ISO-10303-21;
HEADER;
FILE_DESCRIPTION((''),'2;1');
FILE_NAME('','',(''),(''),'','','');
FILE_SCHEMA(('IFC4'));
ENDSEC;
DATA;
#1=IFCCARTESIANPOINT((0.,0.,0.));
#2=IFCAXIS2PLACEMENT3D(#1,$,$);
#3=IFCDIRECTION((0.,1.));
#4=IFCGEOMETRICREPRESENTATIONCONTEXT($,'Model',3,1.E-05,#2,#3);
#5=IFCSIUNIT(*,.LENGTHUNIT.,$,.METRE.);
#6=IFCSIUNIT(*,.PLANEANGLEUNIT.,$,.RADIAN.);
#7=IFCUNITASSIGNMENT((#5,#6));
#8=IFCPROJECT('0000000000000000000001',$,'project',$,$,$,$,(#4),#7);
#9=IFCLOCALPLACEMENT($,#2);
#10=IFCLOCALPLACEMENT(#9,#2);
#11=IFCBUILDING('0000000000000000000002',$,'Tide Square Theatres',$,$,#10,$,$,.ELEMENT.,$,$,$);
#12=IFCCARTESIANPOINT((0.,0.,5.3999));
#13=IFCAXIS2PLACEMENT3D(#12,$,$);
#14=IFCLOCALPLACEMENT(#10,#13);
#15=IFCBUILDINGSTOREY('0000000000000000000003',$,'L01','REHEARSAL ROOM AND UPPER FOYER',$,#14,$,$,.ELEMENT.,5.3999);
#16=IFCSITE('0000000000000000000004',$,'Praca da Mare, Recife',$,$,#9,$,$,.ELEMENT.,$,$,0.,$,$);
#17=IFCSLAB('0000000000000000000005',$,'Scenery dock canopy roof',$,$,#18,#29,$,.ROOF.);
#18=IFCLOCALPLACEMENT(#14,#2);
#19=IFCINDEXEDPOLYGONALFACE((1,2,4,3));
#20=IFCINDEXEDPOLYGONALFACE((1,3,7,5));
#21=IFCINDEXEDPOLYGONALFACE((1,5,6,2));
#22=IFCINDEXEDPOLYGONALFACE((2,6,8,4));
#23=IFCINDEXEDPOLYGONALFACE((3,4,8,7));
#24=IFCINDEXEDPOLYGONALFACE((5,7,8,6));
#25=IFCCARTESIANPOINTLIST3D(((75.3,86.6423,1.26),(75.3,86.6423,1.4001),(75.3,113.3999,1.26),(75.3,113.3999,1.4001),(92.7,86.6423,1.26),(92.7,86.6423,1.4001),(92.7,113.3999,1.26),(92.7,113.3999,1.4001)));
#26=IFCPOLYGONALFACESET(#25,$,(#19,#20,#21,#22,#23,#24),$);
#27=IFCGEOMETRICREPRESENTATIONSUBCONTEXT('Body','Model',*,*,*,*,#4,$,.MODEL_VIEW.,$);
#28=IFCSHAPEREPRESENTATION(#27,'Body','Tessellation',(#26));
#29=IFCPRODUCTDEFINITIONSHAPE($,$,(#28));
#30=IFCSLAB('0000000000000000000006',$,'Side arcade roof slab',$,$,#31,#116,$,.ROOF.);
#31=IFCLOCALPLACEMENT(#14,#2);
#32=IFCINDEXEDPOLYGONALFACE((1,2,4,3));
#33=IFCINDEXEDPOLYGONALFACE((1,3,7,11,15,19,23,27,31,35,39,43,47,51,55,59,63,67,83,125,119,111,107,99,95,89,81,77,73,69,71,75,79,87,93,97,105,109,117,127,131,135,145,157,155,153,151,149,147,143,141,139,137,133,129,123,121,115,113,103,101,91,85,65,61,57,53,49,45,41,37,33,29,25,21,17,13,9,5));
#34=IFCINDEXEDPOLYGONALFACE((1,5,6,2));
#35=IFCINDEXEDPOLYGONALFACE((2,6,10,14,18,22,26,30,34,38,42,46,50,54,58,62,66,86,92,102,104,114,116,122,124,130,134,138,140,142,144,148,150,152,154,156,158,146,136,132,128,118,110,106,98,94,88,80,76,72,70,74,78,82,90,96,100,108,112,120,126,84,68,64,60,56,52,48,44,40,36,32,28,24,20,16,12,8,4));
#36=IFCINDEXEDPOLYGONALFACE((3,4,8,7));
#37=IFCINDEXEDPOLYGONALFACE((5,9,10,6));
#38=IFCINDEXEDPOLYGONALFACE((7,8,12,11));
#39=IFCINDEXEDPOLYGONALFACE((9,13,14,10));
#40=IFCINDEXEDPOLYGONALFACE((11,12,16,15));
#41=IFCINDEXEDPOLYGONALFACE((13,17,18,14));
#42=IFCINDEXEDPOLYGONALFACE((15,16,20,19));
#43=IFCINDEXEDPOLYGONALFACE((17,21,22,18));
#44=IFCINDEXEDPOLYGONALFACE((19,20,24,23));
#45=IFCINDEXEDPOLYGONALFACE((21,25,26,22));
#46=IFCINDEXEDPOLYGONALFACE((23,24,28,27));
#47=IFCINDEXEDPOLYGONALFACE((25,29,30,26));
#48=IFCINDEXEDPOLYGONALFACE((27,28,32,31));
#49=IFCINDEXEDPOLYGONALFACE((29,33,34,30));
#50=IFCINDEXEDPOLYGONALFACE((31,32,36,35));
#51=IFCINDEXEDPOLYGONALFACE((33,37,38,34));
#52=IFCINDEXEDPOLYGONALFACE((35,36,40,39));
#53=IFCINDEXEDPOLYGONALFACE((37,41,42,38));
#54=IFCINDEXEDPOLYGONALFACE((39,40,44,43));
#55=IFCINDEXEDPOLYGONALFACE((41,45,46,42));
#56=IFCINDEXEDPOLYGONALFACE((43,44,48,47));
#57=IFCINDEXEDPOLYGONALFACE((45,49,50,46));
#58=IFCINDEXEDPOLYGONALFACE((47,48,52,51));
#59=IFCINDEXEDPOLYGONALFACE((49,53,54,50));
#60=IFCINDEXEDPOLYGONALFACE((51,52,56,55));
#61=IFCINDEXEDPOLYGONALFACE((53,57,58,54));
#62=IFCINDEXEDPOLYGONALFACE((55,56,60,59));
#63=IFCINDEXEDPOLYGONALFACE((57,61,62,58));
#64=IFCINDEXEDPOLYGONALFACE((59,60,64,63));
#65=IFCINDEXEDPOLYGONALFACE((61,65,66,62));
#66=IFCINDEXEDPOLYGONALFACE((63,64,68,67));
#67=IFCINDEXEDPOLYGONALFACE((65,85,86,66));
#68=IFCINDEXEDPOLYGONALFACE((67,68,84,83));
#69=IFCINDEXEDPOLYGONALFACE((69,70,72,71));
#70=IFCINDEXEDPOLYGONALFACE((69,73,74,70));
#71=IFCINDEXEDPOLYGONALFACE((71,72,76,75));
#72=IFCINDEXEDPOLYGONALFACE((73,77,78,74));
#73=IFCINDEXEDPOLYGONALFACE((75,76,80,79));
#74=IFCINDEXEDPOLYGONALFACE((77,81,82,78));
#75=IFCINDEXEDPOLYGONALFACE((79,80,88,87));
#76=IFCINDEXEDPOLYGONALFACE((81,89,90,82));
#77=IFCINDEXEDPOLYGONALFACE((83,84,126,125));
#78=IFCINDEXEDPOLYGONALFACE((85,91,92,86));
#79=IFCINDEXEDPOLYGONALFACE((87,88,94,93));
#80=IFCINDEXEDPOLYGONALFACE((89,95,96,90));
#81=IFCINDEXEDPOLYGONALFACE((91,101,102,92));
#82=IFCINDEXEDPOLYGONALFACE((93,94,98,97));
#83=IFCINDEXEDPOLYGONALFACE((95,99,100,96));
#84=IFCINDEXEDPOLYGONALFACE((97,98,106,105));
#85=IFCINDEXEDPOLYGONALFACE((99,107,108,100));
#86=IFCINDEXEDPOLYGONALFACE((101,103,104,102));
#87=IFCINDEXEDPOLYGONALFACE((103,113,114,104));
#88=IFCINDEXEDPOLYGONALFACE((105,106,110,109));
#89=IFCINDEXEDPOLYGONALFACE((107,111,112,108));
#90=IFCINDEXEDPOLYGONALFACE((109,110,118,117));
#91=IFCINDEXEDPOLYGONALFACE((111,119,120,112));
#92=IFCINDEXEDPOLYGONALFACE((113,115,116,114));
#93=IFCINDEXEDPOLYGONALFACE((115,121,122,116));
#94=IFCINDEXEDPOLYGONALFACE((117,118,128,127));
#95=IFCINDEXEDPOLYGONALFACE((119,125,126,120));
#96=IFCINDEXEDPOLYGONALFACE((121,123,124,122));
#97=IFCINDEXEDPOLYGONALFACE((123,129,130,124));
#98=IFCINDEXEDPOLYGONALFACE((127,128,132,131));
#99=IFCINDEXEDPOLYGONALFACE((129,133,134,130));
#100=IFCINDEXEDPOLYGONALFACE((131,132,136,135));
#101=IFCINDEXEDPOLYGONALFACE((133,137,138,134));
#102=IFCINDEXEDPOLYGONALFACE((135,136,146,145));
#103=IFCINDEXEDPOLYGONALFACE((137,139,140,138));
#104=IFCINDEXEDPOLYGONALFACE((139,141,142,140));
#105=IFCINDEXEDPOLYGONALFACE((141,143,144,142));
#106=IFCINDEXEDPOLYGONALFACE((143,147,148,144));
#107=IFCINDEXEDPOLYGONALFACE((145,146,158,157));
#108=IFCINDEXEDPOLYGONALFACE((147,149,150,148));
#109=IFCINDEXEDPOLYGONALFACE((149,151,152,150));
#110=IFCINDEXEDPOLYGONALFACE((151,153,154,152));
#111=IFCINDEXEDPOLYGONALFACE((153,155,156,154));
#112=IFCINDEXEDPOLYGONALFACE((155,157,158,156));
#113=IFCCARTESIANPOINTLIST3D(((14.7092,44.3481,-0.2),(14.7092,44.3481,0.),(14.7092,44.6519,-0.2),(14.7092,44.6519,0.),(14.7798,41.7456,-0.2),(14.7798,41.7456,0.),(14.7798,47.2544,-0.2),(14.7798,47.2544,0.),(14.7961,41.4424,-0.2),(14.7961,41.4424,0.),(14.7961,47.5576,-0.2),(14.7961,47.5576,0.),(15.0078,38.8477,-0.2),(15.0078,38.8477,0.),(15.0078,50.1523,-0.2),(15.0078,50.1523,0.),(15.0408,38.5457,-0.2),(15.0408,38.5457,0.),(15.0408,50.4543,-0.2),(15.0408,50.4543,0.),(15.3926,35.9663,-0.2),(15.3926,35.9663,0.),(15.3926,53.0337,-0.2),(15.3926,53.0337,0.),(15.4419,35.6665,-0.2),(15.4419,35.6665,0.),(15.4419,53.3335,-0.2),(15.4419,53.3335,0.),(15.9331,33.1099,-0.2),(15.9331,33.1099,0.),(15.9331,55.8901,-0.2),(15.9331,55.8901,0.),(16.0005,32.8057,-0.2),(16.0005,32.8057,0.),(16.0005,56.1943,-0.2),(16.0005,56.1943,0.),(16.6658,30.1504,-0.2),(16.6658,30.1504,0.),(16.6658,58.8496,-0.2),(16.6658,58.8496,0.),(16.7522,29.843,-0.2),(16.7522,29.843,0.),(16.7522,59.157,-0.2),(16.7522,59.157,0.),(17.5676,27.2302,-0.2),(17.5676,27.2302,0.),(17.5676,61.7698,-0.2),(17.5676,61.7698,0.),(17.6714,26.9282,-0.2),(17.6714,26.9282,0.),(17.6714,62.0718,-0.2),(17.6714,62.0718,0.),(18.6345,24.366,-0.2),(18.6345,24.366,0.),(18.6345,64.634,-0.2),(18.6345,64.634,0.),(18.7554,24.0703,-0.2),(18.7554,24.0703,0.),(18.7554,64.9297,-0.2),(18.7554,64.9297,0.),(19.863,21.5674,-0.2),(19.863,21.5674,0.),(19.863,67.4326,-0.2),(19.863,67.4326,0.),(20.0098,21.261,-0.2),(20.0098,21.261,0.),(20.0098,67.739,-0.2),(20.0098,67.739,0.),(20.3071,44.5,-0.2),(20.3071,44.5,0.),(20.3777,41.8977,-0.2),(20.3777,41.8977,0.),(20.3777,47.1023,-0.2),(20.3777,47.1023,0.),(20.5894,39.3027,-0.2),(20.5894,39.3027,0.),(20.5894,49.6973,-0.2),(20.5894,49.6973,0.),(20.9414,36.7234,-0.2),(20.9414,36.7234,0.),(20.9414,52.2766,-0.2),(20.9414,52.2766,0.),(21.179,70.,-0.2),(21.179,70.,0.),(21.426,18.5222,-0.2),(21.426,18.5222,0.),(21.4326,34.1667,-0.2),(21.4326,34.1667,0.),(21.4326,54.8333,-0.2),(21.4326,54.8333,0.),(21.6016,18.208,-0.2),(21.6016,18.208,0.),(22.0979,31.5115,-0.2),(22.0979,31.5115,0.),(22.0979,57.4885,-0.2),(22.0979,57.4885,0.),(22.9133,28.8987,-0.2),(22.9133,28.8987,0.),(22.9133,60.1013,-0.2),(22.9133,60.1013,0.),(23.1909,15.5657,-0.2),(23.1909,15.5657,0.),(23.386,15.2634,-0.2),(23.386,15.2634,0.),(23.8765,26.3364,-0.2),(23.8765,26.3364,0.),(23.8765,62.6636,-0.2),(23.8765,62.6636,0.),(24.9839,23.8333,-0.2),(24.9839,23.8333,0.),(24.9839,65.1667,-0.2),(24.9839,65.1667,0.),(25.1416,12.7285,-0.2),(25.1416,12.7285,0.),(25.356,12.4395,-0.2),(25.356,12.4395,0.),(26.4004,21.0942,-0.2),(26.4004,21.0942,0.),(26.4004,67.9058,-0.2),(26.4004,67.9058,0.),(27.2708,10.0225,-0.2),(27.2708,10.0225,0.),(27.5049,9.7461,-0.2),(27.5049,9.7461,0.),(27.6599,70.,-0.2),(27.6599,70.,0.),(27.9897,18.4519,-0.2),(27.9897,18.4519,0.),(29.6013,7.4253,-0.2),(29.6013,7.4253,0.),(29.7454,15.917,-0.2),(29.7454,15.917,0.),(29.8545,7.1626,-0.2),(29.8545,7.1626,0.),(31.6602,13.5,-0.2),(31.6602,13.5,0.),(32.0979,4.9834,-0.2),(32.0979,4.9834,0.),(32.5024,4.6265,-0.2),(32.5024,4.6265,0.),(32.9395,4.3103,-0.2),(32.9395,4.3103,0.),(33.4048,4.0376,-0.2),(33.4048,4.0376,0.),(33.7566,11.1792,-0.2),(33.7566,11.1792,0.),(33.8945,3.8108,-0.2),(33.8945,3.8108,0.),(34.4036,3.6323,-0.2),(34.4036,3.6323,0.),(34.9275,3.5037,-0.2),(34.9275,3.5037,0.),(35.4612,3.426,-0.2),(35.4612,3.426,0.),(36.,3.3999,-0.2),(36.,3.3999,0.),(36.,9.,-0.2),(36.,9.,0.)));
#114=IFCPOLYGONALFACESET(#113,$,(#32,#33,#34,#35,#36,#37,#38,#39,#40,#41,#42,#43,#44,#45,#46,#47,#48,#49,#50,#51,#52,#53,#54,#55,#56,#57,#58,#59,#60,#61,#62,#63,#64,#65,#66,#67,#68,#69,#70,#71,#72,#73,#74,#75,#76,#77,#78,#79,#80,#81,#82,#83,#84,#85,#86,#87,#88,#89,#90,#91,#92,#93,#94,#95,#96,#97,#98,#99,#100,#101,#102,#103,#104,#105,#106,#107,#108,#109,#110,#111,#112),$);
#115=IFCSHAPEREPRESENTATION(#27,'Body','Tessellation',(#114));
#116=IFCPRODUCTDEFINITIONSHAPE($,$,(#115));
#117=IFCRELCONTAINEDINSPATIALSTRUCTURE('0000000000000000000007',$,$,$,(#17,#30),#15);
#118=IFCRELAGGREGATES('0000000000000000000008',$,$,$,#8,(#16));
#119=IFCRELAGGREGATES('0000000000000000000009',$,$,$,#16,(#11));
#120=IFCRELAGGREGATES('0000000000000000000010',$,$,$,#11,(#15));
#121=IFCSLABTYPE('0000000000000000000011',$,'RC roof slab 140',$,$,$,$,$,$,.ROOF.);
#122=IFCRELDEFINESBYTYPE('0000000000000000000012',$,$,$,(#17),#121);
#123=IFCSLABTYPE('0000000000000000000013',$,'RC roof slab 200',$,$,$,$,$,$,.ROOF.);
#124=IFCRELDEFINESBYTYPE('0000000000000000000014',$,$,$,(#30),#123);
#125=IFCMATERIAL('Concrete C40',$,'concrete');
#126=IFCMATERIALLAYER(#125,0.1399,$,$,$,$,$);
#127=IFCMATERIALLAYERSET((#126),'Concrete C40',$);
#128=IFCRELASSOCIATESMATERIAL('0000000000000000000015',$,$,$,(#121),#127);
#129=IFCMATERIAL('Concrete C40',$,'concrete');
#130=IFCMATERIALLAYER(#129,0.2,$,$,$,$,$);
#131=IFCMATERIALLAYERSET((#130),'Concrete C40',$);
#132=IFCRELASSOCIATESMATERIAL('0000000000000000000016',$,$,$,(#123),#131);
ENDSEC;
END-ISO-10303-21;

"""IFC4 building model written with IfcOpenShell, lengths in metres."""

from ifc_helpers import new_model, si_unit, direction, frame, origin, place, context, subcontext, project, spatial, polyline, outline, extrude, material, layer, layer_set, type_object, element, save


model = new_model("IFC4")

# Units and contexts
model_context = context("Model", 3, precision=1e-05, world=origin(), true_north=direction((0.0, 1.0)))
body_context = subcontext(model_context, "Body", "Model", "MODEL_VIEW")
ifc_project = project(units=[si_unit("LENGTHUNIT", "METRE"), si_unit("PLANEANGLEUNIT", "RADIAN")], contexts=[model_context])

# Site, building, storey
site_placement = place(None, origin())
site = spatial("IfcSite", under=ifc_project, at=site_placement, Name="Praca da Mare, Recife", CompositionType="ELEMENT", RefElevation=0.0)
building_placement = place(site_placement, origin())
building = spatial("IfcBuilding", under=site, at=building_placement, Name="Tide Square Theatres", CompositionType="ELEMENT")
storey_placement = place(building_placement, frame((0.0, 0.0, 5.3999)))
storey = spatial("IfcBuildingStorey", under=building, at=storey_placement, Name="L01", Description="REHEARSAL ROOM AND UPPER FOYER", CompositionType="ELEMENT", Elevation=5.3999)

# Slabs
ifc_material_1 = material(Name="Concrete C40", Category="concrete")
ifc_layer_1 = layer(ifc_material_1, 0.1399)
ifc_layer_set_1 = layer_set([ifc_layer_1], Name="Concrete C40")
slab_type_1 = type_object("IfcSlabType", Name="RC roof slab 140", PredefinedType="ROOF", material=ifc_layer_set_1)
slab_1_placement = place(storey_placement, frame((0.0, 0.0, 1.26)))
element("IfcSlab", 1, at=slab_1_placement, inside=storey, type_object=slab_type_1, Name="Scenery dock canopy roof", PredefinedType="ROOF", context=body_context, shape_type="SweptSolid", body=[
    extrude(outline(polyline([(75.3, 86.6423), (92.7, 86.6423), (92.7, 113.3999), (75.3, 113.3999), (75.3, 86.6423)])), origin(), (0.0, 0.0, 1.0), 0.1401),
])
ifc_material_2 = material(Name="Concrete C40", Category="concrete")
ifc_layer_2 = layer(ifc_material_2, 0.2)
ifc_layer_set_2 = layer_set([ifc_layer_2], Name="Concrete C40")
slab_type_2 = type_object("IfcSlabType", Name="RC roof slab 200", PredefinedType="ROOF", material=ifc_layer_set_2)
slab_2_placement = place(storey_placement, frame((0.0, 0.0, -0.2)))
element("IfcSlab", 2, at=slab_2_placement, inside=storey, type_object=slab_type_2, Name="Side arcade roof slab", PredefinedType="ROOF", context=body_context, shape_type="SweptSolid", body=[
    extrude(outline(polyline([(29.6013, 7.4253), (29.8545, 7.1626), (32.0979, 4.9834), (32.5024, 4.6265), (32.9395, 4.3103), (33.4048, 4.0376), (33.8945, 3.8108), (34.4036, 3.6323), (34.9275, 3.5037), (35.4612, 3.426), (36.0, 3.3999), (36.0, 9.0), (33.7566, 11.1792), (31.6602, 13.5), (29.7454, 15.917), (27.9897, 18.4519), (26.4004, 21.0942), (24.9839, 23.8333), (23.8765, 26.3364), (22.9133, 28.8987), (22.0979, 31.5115), (21.4326, 34.1667), (20.9414, 36.7234), (20.5894, 39.3027), (20.3777, 41.8977), (20.3071, 44.5), (20.3777, 47.1023), (20.5894, 49.6973), (20.9414, 52.2766), (21.4326, 54.8333), (22.0979, 57.4885), (22.9133, 60.1013), (23.8765, 62.6636), (24.9839, 65.1667), (26.4004, 67.9058), (27.6599, 70.0), (21.179, 70.0), (20.0098, 67.739), (19.863, 67.4326), (18.7554, 64.9297), (18.6345, 64.634), (17.6714, 62.0718), (17.5676, 61.7698), (16.7522, 59.157), (16.6658, 58.8496), (16.0005, 56.1943), (15.9331, 55.8901), (15.4419, 53.3335), (15.3926, 53.0337), (15.0408, 50.4543), (15.0078, 50.1523), (14.7961, 47.5576), (14.7798, 47.2544), (14.7092, 44.6519), (14.7092, 44.3481), (14.7798, 41.7456), (14.7961, 41.4424), (15.0078, 38.8477), (15.0408, 38.5457), (15.3926, 35.9663), (15.4419, 35.6665), (15.9331, 33.1099), (16.0005, 32.8057), (16.6658, 30.1504), (16.7522, 29.843), (17.5676, 27.2302), (17.6714, 26.9282), (18.6345, 24.366), (18.7554, 24.0703), (19.863, 21.5674), (20.0098, 21.261), (21.426, 18.5222), (21.6016, 18.208), (23.1909, 15.5657), (23.386, 15.2634), (25.1416, 12.7285), (25.356, 12.4395), (27.2708, 10.0225), (27.5049, 9.7461), (29.6013, 7.4253)])), origin(), (0.0, 0.0, 1.0), 0.2),
])

save(model, "model.ifc")
